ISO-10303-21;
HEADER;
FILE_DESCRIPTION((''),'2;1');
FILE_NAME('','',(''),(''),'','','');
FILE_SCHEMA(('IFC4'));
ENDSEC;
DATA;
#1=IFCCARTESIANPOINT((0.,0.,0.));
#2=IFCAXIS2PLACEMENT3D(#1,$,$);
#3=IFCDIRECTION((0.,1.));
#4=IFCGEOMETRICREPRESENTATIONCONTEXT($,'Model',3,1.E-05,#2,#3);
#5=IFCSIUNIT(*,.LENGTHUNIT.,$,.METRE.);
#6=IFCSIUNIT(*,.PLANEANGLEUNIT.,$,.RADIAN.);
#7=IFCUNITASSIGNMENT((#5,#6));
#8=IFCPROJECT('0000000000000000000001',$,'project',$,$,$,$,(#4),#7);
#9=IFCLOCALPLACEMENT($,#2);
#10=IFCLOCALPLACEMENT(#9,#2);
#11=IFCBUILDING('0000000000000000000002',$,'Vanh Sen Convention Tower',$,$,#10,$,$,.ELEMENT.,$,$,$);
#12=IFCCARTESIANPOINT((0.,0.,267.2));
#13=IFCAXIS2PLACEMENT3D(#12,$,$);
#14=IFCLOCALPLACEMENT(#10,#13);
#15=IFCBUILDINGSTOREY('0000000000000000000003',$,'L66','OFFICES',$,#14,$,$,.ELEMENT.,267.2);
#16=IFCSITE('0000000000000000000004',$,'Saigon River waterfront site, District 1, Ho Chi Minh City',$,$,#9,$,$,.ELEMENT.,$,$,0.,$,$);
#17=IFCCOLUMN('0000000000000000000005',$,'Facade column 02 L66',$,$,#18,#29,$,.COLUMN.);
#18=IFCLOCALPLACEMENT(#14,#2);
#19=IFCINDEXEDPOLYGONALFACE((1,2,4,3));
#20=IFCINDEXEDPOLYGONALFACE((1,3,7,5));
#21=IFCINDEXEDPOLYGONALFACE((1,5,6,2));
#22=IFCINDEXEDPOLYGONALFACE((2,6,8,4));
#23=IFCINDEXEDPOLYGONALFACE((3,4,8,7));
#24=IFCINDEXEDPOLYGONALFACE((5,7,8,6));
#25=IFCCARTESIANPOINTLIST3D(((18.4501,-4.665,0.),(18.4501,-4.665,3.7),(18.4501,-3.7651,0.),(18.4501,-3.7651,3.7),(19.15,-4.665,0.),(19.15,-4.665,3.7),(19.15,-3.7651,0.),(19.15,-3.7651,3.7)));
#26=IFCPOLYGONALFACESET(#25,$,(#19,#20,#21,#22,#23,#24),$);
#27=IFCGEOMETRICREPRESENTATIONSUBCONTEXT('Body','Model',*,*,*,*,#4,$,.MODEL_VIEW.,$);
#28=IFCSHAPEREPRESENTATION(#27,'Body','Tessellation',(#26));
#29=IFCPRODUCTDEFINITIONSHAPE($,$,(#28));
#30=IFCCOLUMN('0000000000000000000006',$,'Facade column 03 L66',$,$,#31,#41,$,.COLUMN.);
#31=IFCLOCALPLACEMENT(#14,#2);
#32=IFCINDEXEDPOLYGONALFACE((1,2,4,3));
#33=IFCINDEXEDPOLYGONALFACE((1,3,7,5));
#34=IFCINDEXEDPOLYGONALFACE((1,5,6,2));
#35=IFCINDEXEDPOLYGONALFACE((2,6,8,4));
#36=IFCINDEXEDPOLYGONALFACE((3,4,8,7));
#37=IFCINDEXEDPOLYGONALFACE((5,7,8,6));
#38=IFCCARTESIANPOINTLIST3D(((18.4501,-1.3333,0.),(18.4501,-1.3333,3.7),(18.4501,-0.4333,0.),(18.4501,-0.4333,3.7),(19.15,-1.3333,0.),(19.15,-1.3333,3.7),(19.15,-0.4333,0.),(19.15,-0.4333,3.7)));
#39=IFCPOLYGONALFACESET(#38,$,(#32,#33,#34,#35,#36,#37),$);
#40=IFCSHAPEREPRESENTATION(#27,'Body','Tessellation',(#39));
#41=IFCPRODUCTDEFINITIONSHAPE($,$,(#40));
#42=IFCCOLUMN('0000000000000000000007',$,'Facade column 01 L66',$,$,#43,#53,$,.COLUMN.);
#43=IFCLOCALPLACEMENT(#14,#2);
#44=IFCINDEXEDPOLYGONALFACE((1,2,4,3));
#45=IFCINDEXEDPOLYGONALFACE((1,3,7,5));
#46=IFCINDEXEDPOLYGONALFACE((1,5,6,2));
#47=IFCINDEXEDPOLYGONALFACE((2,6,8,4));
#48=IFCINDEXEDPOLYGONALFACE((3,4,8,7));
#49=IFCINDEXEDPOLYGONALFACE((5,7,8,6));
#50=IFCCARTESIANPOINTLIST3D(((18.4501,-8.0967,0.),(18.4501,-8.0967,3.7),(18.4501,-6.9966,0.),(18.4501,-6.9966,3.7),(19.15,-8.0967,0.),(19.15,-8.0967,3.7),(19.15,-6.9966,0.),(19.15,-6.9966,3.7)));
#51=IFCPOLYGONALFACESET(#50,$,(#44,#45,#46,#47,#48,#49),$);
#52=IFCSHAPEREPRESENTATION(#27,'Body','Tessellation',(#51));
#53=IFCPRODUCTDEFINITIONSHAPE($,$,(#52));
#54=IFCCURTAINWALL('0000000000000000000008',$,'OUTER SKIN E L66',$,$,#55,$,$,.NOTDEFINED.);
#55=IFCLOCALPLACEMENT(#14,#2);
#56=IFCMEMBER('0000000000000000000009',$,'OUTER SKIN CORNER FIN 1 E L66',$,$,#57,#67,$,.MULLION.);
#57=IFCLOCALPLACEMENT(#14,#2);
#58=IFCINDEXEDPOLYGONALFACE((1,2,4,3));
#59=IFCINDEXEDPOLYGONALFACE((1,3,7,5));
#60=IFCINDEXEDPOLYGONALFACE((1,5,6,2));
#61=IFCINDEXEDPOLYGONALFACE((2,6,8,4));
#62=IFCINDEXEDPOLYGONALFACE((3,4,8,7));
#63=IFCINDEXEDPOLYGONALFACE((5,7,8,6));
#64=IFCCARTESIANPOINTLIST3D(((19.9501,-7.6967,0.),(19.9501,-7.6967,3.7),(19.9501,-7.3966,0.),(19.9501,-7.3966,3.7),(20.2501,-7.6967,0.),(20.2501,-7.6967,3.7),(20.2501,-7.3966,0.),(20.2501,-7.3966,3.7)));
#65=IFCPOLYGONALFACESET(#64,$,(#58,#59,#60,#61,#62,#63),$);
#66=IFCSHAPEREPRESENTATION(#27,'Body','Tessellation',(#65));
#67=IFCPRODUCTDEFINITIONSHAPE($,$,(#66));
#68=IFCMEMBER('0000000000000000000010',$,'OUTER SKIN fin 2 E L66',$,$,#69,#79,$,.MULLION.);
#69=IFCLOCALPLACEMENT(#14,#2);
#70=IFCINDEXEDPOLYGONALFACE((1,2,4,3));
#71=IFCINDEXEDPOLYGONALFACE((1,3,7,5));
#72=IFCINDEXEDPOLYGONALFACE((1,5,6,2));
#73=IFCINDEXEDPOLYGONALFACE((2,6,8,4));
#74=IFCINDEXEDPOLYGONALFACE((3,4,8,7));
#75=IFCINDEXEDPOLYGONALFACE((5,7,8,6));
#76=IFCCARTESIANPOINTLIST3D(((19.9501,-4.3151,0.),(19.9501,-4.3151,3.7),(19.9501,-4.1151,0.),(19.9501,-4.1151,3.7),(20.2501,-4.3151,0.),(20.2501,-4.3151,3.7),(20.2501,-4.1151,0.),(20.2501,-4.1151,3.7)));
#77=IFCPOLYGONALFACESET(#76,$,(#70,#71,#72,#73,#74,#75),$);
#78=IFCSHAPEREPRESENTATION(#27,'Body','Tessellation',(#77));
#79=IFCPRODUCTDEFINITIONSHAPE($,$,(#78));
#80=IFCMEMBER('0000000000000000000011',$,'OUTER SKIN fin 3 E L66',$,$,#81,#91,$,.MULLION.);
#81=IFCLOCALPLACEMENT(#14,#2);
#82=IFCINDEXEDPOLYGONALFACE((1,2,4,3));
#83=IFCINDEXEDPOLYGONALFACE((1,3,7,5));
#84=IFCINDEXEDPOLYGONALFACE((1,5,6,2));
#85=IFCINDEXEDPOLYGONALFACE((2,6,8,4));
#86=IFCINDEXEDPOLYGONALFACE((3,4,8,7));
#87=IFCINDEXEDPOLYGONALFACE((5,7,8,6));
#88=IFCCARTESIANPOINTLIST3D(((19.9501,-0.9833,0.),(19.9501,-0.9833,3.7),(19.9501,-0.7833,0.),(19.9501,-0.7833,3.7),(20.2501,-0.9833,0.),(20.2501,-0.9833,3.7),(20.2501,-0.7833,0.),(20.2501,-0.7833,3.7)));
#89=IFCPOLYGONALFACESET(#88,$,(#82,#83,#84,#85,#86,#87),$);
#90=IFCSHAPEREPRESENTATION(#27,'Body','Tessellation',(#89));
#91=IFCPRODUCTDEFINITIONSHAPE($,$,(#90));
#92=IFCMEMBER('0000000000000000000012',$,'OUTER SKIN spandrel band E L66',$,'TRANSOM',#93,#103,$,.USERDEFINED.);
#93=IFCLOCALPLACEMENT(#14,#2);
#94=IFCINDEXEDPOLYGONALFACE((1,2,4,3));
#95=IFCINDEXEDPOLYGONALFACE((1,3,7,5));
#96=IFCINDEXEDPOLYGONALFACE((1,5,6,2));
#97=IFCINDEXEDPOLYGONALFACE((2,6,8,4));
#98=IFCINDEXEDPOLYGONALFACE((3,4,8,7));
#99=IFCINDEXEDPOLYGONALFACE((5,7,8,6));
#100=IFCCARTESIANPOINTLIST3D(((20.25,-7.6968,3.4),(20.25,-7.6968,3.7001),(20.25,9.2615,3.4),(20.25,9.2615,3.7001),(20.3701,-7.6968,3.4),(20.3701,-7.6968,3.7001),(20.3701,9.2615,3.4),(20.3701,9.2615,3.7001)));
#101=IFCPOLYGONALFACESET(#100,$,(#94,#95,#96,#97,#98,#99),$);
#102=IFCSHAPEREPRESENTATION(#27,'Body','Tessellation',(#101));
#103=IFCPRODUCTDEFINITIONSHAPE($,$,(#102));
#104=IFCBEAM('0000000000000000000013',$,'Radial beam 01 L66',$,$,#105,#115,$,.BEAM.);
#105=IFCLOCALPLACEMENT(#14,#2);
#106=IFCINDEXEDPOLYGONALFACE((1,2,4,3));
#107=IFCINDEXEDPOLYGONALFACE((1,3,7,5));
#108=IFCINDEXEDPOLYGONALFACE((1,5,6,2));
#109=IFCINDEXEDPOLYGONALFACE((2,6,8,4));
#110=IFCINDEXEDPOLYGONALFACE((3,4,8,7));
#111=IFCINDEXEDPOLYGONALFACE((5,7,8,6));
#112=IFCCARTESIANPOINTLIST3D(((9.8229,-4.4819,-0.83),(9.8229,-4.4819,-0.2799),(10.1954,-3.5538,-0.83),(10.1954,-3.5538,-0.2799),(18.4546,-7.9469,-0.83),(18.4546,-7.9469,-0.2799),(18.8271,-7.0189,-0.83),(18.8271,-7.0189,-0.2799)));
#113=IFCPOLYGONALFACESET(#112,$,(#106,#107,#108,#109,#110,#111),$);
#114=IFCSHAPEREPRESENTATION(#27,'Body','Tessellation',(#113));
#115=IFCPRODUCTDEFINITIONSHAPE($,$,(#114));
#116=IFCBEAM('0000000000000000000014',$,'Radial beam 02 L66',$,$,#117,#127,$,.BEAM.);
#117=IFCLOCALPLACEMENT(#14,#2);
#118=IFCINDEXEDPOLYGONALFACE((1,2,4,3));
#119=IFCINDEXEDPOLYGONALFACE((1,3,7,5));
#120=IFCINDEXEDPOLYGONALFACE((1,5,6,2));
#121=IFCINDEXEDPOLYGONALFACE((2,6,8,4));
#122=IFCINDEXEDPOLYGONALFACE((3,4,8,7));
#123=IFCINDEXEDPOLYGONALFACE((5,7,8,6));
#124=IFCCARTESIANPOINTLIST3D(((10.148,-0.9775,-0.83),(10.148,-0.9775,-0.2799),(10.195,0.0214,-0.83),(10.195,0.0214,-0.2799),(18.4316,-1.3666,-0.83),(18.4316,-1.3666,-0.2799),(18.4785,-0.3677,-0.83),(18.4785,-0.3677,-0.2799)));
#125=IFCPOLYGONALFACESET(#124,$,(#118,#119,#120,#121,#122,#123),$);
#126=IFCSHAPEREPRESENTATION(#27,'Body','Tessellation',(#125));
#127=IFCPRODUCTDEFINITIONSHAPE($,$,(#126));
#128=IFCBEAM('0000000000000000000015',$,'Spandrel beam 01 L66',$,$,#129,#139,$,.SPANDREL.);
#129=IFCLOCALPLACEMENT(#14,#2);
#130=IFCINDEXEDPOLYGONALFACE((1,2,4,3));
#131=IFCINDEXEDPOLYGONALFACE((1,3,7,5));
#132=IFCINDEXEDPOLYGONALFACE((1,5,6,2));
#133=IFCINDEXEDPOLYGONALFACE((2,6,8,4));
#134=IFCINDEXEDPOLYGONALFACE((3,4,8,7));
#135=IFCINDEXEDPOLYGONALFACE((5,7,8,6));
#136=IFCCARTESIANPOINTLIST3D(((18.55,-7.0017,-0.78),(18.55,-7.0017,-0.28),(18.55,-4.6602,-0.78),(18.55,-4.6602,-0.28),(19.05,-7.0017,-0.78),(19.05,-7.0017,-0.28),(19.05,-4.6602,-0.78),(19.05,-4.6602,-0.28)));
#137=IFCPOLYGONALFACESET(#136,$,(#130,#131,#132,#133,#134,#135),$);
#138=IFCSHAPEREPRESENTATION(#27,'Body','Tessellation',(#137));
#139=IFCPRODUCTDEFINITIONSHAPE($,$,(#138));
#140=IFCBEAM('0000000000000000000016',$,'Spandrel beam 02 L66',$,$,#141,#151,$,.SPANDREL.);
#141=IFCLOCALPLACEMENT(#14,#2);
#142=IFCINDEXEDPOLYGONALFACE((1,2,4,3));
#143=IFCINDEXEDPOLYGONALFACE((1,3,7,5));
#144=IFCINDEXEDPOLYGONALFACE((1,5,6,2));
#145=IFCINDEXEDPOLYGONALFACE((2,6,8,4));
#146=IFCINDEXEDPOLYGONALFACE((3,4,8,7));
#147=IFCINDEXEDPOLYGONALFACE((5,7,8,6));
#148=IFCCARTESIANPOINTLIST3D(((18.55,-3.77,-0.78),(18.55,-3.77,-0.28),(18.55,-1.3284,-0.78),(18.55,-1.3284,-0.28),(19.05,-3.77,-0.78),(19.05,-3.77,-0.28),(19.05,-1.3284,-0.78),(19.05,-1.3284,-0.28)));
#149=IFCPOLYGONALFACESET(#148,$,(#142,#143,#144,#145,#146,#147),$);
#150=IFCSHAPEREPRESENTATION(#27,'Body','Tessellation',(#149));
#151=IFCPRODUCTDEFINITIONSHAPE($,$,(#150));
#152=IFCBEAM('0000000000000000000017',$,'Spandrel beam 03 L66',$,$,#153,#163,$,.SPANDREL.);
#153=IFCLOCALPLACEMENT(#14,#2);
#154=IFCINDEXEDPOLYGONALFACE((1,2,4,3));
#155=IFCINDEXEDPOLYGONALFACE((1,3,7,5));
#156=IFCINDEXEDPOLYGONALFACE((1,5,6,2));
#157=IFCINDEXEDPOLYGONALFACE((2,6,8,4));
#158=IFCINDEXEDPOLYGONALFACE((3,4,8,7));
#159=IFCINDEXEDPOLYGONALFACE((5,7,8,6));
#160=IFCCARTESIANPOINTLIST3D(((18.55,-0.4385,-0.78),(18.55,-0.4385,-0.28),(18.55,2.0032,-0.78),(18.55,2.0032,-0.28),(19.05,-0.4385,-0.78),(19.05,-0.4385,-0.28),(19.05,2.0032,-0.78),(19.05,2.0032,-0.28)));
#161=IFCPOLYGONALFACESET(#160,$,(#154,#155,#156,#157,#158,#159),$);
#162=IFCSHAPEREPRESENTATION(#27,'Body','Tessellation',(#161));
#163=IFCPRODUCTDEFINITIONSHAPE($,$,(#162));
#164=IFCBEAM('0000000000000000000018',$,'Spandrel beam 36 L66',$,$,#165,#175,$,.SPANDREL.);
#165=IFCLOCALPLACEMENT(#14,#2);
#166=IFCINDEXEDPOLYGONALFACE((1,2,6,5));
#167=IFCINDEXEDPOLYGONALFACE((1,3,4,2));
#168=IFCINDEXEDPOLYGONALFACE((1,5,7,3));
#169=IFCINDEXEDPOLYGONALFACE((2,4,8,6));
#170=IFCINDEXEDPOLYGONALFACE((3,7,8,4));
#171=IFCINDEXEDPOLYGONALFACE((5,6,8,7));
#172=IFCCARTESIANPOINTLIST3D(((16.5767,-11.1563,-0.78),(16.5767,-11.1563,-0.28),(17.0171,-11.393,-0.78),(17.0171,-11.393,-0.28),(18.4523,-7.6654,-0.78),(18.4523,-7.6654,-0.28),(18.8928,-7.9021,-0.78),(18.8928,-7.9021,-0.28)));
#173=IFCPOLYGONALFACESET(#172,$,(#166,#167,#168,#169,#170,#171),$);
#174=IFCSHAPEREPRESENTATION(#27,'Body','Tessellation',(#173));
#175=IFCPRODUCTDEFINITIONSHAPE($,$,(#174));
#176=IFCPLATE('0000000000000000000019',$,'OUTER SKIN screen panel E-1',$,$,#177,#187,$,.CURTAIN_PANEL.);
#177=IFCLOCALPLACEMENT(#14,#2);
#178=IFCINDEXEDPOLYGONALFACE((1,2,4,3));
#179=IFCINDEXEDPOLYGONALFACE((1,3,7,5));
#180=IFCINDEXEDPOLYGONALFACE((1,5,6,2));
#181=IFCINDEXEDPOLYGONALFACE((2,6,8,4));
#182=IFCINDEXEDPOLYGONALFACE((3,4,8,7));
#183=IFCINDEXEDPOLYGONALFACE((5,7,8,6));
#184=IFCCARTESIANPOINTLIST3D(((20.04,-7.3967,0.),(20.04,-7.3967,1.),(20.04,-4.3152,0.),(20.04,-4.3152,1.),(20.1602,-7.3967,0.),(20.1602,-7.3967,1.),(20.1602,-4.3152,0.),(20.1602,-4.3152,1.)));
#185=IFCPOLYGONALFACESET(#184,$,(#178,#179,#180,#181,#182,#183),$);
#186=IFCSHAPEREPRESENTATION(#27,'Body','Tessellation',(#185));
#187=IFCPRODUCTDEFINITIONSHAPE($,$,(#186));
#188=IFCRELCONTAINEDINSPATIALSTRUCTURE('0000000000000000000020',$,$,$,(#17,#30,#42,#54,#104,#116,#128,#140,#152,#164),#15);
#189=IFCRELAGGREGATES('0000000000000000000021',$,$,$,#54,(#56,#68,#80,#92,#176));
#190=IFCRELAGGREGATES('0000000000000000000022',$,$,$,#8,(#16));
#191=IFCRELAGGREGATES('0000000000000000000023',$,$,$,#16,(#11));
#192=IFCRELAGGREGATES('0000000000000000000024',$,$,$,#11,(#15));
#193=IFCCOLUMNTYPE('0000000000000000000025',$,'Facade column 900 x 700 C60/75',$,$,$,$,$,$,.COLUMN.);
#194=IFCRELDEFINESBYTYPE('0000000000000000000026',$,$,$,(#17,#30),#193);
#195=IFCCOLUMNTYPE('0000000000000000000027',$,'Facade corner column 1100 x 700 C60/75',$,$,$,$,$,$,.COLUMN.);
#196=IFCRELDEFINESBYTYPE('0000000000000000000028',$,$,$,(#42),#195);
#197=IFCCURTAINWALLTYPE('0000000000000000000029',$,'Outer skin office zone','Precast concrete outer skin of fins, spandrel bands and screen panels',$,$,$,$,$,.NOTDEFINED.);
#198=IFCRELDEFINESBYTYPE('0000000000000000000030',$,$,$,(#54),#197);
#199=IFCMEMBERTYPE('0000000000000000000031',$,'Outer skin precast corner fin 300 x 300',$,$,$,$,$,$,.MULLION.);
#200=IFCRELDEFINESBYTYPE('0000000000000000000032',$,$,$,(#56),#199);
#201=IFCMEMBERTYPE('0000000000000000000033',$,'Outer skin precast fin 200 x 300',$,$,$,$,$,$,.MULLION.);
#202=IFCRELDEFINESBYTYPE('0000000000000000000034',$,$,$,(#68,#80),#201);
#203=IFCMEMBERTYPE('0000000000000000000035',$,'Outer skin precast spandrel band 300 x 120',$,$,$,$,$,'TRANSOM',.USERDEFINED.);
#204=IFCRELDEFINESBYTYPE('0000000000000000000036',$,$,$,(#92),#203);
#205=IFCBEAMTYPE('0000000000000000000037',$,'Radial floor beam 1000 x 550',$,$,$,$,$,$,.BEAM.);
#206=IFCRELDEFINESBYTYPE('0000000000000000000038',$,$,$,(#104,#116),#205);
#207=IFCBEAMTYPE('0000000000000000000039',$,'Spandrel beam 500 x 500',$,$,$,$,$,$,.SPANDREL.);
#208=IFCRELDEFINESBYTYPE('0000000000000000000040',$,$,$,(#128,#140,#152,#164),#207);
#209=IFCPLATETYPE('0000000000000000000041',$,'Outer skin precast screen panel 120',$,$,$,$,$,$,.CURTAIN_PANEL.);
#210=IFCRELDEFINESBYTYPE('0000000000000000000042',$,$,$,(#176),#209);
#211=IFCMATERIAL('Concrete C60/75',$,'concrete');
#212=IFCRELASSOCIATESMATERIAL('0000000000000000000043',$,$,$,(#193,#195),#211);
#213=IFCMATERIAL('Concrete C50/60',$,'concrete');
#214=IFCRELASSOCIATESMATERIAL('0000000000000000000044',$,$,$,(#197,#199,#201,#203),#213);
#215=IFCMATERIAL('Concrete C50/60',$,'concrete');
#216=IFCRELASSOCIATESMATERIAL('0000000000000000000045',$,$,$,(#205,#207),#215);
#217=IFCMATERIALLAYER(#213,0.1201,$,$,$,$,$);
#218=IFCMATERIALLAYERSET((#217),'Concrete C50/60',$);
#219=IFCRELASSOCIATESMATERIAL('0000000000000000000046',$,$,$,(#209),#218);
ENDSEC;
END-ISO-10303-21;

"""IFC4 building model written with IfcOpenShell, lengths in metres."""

from ifc_helpers import new_model, si_unit, direction, frame, origin, origin_2d, place, context, subcontext, project, spatial, rectangle, extrude, material, layer, layer_set, material_profile, profile_set, type_object, element, aggregate, save


model = new_model("IFC4")

# Units and contexts
model_context = context("Model", 3, precision=1e-05, world=origin(), true_north=direction((0.0, 1.0)))
body_context = subcontext(model_context, "Body", "Model", "MODEL_VIEW")
ifc_project = project(units=[si_unit("LENGTHUNIT", "METRE"), si_unit("PLANEANGLEUNIT", "RADIAN")], contexts=[model_context])

# Site, building, storey
site_placement = place(None, origin())
site = spatial("IfcSite", under=ifc_project, at=site_placement, Name="Saigon River waterfront site, District 1, Ho Chi Minh City", CompositionType="ELEMENT", RefElevation=0.0)
building_placement = place(site_placement, origin())
building = spatial("IfcBuilding", under=site, at=building_placement, Name="Vanh Sen Convention Tower", CompositionType="ELEMENT")
storey_placement = place(building_placement, frame((0.0, 0.0, 267.2)))
storey = spatial("IfcBuildingStorey", under=building, at=storey_placement, Name="L66", Description="OFFICES", CompositionType="ELEMENT", Elevation=267.2)

# Columns
ifc_material_1 = material(Name="Concrete C60/75", Category="concrete")
ifc_material_profile_1 = material_profile(ifc_material_1, rectangle(XDim=0.8999, YDim=0.7, at=origin_2d()), Name="RC 900X700")
ifc_profile_set_1 = profile_set([ifc_material_profile_1], Name="Concrete C60/75")
column_type_1 = type_object("IfcColumnType", Name="Facade column 900 x 700 C60/75", PredefinedType="COLUMN", material=ifc_profile_set_1)
for number, where, z_axis, x_axis, name in (
    (1, (18.8, -4.2151, 0.0), (0.0, 0.0, 1.0), (0.0, 1.0, 0.0), "Facade column 02 L66"),
    (2, (18.8, -0.8833, 0.0), (0.0, 0.0, 1.0), (0.0, 1.0, 0.0), "Facade column 03 L66"),
):
    element("IfcColumn", number, at=place(storey_placement, frame(where, z_axis=z_axis, x_axis=x_axis)), inside=storey, type_object=column_type_1, Name=name, PredefinedType="COLUMN", context=body_context, shape_type="SweptSolid", body=[
        extrude(rectangle(XDim=0.8999, YDim=0.7, at=origin_2d()), origin(), (0.0, 0.0, 1.0), 3.7),
    ])
ifc_material_profile_2 = material_profile(ifc_material_1, rectangle(XDim=1.1001, YDim=0.7, at=origin_2d()), Name="RC 1100X700")
ifc_profile_set_2 = profile_set([ifc_material_profile_2], Name="Concrete C60/75")
column_type_2 = type_object("IfcColumnType", Name="Facade corner column 1100 x 700 C60/75", PredefinedType="COLUMN", material=ifc_profile_set_2)
column_placement = place(storey_placement, frame((18.8, -7.5466, 0.0), z_axis=(0.0, 0.0, 1.0), x_axis=(0.0, 1.0, 0.0)))
element("IfcColumn", 3, at=column_placement, inside=storey, type_object=column_type_2, Name="Facade column 01 L66", PredefinedType="COLUMN", context=body_context, shape_type="SweptSolid", body=[
    extrude(rectangle(XDim=1.1001, YDim=0.7, at=origin_2d()), origin(), (0.0, 0.0, 1.0), 3.7),
])

# Curtain wall, members
ifc_material_2 = material(Name="Concrete C50/60", Category="concrete")
curtain_wall_type = type_object("IfcCurtainWallType", Name="Outer skin office zone", Description="Precast concrete outer skin of fins, spandrel bands and screen panels", PredefinedType="NOTDEFINED", material=ifc_material_2)
curtain_wall_1_placement = place(storey_placement, origin())
curtain_wall_1 = element("IfcCurtainWall", 4, at=curtain_wall_1_placement, inside=storey, type_object=curtain_wall_type, Name="OUTER SKIN E L66", PredefinedType="NOTDEFINED")
ifc_material_profile_3 = material_profile(ifc_material_2, rectangle(XDim=0.3, YDim=0.3, at=origin_2d()), Name="Outer skin precast corner fin 300 x 300")
ifc_profile_set_3 = profile_set([ifc_material_profile_3], Name="Concrete C50/60")
member_type_1 = type_object("IfcMemberType", Name="Outer skin precast corner fin 300 x 300", PredefinedType="MULLION", material=ifc_profile_set_3)
member_1_placement = place(storey_placement, frame((20.1001, -7.5466, 0.0), z_axis=(0.0, 0.0, 1.0), x_axis=(0.0, 1.0, 0.0)))
member_1 = element("IfcMember", 5, at=member_1_placement, type_object=member_type_1, Name="OUTER SKIN CORNER FIN 1 E L66", PredefinedType="MULLION", context=body_context, shape_type="SweptSolid", body=[
    extrude(rectangle(XDim=0.3, YDim=0.3, at=origin_2d()), origin(), (0.0, 0.0, 1.0), 3.7),
])
ifc_material_profile_4 = material_profile(ifc_material_2, rectangle(XDim=0.2, YDim=0.3, at=origin_2d()), Name="Outer skin precast fin 200 x 300")
ifc_profile_set_4 = profile_set([ifc_material_profile_4], Name="Concrete C50/60")
member_type_2 = type_object("IfcMemberType", Name="Outer skin precast fin 200 x 300", PredefinedType="MULLION", material=ifc_profile_set_4)
member_2_placement = place(storey_placement, frame((20.1001, -4.2151, 0.0), z_axis=(0.0, 0.0, 1.0), x_axis=(0.0, 1.0, 0.0)))
member_2 = element("IfcMember", 6, at=member_2_placement, type_object=member_type_2, Name="OUTER SKIN fin 2 E L66", PredefinedType="MULLION", context=body_context, shape_type="SweptSolid", body=[
    extrude(rectangle(XDim=0.2, YDim=0.3, at=origin_2d()), origin(), (0.0, 0.0, 1.0), 3.7),
])
member_3_placement = place(storey_placement, frame((20.1001, -0.8833, 0.0), z_axis=(0.0, 0.0, 1.0), x_axis=(0.0, 1.0, 0.0)))
member_3 = element("IfcMember", 7, at=member_3_placement, type_object=member_type_2, Name="OUTER SKIN fin 3 E L66", PredefinedType="MULLION", context=body_context, shape_type="SweptSolid", body=[
    extrude(rectangle(XDim=0.2, YDim=0.3, at=origin_2d()), origin(), (0.0, 0.0, 1.0), 3.7),
])
ifc_material_profile_5 = material_profile(ifc_material_2, rectangle(XDim=0.1201, YDim=0.3, at=origin_2d()), Name="Outer skin precast spandrel band 300 x 120")
ifc_profile_set_5 = profile_set([ifc_material_profile_5], Name="Concrete C50/60")
member_type_3 = type_object("IfcMemberType", Name="Outer skin precast spandrel band 300 x 120", ElementType="TRANSOM", PredefinedType="USERDEFINED", material=ifc_profile_set_5)
member_4_placement = place(storey_placement, frame((20.3101, -7.6968, 3.55), z_axis=(0.0, 1.0, 0.0), x_axis=(-1.0, 0.0, 0.0)))
member_4 = element("IfcMember", 8, at=member_4_placement, type_object=member_type_3, Name="OUTER SKIN spandrel band E L66", ObjectType="TRANSOM", PredefinedType="USERDEFINED", context=body_context, shape_type="SweptSolid", body=[
    extrude(rectangle(XDim=0.1201, YDim=0.3, at=origin_2d()), origin(), (0.0, 0.0, 1.0), 16.9583),
])

# Beams
ifc_material_3 = material(Name="Concrete C50/60", Category="concrete")
ifc_material_profile_6 = material_profile(ifc_material_3, rectangle(XDim=1.0, YDim=0.55, at=origin_2d()), Name="RC 1000X550")
ifc_profile_set_6 = profile_set([ifc_material_profile_6], Name="Concrete C50/60")
beam_type_1 = type_object("IfcBeamType", Name="Radial floor beam 1000 x 550", PredefinedType="BEAM", material=ifc_profile_set_6)
beam_1_placement = place(storey_placement, frame((18.6409, -7.4829, -0.5549), z_axis=(-0.928018, 0.372535, 0.0), x_axis=(-0.372535, -0.928018, 0.0)))
element("IfcBeam", 9, at=beam_1_placement, inside=storey, type_object=beam_type_1, Name="Radial beam 01 L66", PredefinedType="BEAM", context=body_context, shape_type="SweptSolid", body=[
    extrude(rectangle(XDim=1.0, YDim=0.55, at=origin_2d()), origin(), (0.0, 0.0, 1.0), 9.3013),
])
beam_2_placement = place(storey_placement, frame((18.4551, -0.8672, -0.5549), z_axis=(-0.998898, 0.046927, 0.0), x_axis=(-0.046927, -0.998898, 0.0)))
element("IfcBeam", 10, at=beam_2_placement, inside=storey, type_object=beam_type_1, Name="Radial beam 02 L66", PredefinedType="BEAM", context=body_context, shape_type="SweptSolid", body=[
    extrude(rectangle(XDim=1.0, YDim=0.55, at=origin_2d()), origin(), (0.0, 0.0, 1.0), 8.2927),
])
ifc_material_profile_7 = material_profile(ifc_material_3, rectangle(XDim=0.5, YDim=0.5, at=origin_2d()), Name="RC 500X500")
ifc_profile_set_7 = profile_set([ifc_material_profile_7], Name="Concrete C50/60")
beam_type_2 = type_object("IfcBeamType", Name="Spandrel beam 500 x 500", PredefinedType="SPANDREL", material=ifc_profile_set_7)
beam_3_placement = place(storey_placement, frame((18.8, -7.0017, -0.53), z_axis=(0.0, 1.0, 0.0), x_axis=(-1.0, 0.0, 0.0)))
element("IfcBeam", 11, at=beam_3_placement, inside=storey, type_object=beam_type_2, Name="Spandrel beam 01 L66", PredefinedType="SPANDREL", context=body_context, shape_type="SweptSolid", body=[
    extrude(rectangle(XDim=0.5, YDim=0.5, at=origin_2d()), origin(), (0.0, 0.0, 1.0), 2.3416),
])
for number, where, z_axis, x_axis, name in (
    (12, (18.8, -3.77, -0.53), (0.0, 1.0, 0.0), (-1.0, 0.0, 0.0), "Spandrel beam 02 L66"),
    (13, (18.8, -0.4385, -0.53), (0.0, 1.0, 0.0), (-1.0, 0.0, 0.0), "Spandrel beam 03 L66"),
):
    element("IfcBeam", number, at=place(storey_placement, frame(where, z_axis=z_axis, x_axis=x_axis)), inside=storey, type_object=beam_type_2, Name=name, PredefinedType="SPANDREL", context=body_context, shape_type="SweptSolid", body=[
        extrude(rectangle(XDim=0.5, YDim=0.5, at=origin_2d()), origin(), (0.0, 0.0, 1.0), 2.4417),
    ])
beam_4_placement = place(storey_placement, frame((16.7969, -11.2747, -0.53), z_axis=(0.473313, 0.880894, 0.0), x_axis=(-0.880894, 0.473313, 0.0)))
element("IfcBeam", 14, at=beam_4_placement, inside=storey, type_object=beam_type_2, Name="Spandrel beam 36 L66", PredefinedType="SPANDREL", context=body_context, shape_type="SweptSolid", body=[
    extrude(rectangle(XDim=0.5, YDim=0.5, at=origin_2d()), origin(), (0.0, 0.0, 1.0), 3.9629),
])

# Plate
ifc_layer_1 = layer(ifc_material_2, 0.1201)
ifc_layer_set_1 = layer_set([ifc_layer_1], Name="Concrete C50/60")
plate_type = type_object("IfcPlateType", Name="Outer skin precast screen panel 120", PredefinedType="CURTAIN_PANEL", material=ifc_layer_set_1)
plate_1_placement = place(storey_placement, frame((20.1001, -5.856, 0.0), z_axis=(0.0, 0.0, 1.0), x_axis=(0.0, 1.0, 0.0)))
plate_1 = element("IfcPlate", 15, at=plate_1_placement, type_object=plate_type, Name="OUTER SKIN screen panel E-1", PredefinedType="CURTAIN_PANEL", context=body_context, shape_type="SweptSolid", body=[
    extrude(rectangle(XDim=3.0815, YDim=0.1201, at=origin_2d()), origin(), (0.0, 0.0, 1.0), 1.0),
])
aggregate(curtain_wall_1, [member_1, member_2, member_3, member_4, plate_1])

save(model, "model.ifc")
